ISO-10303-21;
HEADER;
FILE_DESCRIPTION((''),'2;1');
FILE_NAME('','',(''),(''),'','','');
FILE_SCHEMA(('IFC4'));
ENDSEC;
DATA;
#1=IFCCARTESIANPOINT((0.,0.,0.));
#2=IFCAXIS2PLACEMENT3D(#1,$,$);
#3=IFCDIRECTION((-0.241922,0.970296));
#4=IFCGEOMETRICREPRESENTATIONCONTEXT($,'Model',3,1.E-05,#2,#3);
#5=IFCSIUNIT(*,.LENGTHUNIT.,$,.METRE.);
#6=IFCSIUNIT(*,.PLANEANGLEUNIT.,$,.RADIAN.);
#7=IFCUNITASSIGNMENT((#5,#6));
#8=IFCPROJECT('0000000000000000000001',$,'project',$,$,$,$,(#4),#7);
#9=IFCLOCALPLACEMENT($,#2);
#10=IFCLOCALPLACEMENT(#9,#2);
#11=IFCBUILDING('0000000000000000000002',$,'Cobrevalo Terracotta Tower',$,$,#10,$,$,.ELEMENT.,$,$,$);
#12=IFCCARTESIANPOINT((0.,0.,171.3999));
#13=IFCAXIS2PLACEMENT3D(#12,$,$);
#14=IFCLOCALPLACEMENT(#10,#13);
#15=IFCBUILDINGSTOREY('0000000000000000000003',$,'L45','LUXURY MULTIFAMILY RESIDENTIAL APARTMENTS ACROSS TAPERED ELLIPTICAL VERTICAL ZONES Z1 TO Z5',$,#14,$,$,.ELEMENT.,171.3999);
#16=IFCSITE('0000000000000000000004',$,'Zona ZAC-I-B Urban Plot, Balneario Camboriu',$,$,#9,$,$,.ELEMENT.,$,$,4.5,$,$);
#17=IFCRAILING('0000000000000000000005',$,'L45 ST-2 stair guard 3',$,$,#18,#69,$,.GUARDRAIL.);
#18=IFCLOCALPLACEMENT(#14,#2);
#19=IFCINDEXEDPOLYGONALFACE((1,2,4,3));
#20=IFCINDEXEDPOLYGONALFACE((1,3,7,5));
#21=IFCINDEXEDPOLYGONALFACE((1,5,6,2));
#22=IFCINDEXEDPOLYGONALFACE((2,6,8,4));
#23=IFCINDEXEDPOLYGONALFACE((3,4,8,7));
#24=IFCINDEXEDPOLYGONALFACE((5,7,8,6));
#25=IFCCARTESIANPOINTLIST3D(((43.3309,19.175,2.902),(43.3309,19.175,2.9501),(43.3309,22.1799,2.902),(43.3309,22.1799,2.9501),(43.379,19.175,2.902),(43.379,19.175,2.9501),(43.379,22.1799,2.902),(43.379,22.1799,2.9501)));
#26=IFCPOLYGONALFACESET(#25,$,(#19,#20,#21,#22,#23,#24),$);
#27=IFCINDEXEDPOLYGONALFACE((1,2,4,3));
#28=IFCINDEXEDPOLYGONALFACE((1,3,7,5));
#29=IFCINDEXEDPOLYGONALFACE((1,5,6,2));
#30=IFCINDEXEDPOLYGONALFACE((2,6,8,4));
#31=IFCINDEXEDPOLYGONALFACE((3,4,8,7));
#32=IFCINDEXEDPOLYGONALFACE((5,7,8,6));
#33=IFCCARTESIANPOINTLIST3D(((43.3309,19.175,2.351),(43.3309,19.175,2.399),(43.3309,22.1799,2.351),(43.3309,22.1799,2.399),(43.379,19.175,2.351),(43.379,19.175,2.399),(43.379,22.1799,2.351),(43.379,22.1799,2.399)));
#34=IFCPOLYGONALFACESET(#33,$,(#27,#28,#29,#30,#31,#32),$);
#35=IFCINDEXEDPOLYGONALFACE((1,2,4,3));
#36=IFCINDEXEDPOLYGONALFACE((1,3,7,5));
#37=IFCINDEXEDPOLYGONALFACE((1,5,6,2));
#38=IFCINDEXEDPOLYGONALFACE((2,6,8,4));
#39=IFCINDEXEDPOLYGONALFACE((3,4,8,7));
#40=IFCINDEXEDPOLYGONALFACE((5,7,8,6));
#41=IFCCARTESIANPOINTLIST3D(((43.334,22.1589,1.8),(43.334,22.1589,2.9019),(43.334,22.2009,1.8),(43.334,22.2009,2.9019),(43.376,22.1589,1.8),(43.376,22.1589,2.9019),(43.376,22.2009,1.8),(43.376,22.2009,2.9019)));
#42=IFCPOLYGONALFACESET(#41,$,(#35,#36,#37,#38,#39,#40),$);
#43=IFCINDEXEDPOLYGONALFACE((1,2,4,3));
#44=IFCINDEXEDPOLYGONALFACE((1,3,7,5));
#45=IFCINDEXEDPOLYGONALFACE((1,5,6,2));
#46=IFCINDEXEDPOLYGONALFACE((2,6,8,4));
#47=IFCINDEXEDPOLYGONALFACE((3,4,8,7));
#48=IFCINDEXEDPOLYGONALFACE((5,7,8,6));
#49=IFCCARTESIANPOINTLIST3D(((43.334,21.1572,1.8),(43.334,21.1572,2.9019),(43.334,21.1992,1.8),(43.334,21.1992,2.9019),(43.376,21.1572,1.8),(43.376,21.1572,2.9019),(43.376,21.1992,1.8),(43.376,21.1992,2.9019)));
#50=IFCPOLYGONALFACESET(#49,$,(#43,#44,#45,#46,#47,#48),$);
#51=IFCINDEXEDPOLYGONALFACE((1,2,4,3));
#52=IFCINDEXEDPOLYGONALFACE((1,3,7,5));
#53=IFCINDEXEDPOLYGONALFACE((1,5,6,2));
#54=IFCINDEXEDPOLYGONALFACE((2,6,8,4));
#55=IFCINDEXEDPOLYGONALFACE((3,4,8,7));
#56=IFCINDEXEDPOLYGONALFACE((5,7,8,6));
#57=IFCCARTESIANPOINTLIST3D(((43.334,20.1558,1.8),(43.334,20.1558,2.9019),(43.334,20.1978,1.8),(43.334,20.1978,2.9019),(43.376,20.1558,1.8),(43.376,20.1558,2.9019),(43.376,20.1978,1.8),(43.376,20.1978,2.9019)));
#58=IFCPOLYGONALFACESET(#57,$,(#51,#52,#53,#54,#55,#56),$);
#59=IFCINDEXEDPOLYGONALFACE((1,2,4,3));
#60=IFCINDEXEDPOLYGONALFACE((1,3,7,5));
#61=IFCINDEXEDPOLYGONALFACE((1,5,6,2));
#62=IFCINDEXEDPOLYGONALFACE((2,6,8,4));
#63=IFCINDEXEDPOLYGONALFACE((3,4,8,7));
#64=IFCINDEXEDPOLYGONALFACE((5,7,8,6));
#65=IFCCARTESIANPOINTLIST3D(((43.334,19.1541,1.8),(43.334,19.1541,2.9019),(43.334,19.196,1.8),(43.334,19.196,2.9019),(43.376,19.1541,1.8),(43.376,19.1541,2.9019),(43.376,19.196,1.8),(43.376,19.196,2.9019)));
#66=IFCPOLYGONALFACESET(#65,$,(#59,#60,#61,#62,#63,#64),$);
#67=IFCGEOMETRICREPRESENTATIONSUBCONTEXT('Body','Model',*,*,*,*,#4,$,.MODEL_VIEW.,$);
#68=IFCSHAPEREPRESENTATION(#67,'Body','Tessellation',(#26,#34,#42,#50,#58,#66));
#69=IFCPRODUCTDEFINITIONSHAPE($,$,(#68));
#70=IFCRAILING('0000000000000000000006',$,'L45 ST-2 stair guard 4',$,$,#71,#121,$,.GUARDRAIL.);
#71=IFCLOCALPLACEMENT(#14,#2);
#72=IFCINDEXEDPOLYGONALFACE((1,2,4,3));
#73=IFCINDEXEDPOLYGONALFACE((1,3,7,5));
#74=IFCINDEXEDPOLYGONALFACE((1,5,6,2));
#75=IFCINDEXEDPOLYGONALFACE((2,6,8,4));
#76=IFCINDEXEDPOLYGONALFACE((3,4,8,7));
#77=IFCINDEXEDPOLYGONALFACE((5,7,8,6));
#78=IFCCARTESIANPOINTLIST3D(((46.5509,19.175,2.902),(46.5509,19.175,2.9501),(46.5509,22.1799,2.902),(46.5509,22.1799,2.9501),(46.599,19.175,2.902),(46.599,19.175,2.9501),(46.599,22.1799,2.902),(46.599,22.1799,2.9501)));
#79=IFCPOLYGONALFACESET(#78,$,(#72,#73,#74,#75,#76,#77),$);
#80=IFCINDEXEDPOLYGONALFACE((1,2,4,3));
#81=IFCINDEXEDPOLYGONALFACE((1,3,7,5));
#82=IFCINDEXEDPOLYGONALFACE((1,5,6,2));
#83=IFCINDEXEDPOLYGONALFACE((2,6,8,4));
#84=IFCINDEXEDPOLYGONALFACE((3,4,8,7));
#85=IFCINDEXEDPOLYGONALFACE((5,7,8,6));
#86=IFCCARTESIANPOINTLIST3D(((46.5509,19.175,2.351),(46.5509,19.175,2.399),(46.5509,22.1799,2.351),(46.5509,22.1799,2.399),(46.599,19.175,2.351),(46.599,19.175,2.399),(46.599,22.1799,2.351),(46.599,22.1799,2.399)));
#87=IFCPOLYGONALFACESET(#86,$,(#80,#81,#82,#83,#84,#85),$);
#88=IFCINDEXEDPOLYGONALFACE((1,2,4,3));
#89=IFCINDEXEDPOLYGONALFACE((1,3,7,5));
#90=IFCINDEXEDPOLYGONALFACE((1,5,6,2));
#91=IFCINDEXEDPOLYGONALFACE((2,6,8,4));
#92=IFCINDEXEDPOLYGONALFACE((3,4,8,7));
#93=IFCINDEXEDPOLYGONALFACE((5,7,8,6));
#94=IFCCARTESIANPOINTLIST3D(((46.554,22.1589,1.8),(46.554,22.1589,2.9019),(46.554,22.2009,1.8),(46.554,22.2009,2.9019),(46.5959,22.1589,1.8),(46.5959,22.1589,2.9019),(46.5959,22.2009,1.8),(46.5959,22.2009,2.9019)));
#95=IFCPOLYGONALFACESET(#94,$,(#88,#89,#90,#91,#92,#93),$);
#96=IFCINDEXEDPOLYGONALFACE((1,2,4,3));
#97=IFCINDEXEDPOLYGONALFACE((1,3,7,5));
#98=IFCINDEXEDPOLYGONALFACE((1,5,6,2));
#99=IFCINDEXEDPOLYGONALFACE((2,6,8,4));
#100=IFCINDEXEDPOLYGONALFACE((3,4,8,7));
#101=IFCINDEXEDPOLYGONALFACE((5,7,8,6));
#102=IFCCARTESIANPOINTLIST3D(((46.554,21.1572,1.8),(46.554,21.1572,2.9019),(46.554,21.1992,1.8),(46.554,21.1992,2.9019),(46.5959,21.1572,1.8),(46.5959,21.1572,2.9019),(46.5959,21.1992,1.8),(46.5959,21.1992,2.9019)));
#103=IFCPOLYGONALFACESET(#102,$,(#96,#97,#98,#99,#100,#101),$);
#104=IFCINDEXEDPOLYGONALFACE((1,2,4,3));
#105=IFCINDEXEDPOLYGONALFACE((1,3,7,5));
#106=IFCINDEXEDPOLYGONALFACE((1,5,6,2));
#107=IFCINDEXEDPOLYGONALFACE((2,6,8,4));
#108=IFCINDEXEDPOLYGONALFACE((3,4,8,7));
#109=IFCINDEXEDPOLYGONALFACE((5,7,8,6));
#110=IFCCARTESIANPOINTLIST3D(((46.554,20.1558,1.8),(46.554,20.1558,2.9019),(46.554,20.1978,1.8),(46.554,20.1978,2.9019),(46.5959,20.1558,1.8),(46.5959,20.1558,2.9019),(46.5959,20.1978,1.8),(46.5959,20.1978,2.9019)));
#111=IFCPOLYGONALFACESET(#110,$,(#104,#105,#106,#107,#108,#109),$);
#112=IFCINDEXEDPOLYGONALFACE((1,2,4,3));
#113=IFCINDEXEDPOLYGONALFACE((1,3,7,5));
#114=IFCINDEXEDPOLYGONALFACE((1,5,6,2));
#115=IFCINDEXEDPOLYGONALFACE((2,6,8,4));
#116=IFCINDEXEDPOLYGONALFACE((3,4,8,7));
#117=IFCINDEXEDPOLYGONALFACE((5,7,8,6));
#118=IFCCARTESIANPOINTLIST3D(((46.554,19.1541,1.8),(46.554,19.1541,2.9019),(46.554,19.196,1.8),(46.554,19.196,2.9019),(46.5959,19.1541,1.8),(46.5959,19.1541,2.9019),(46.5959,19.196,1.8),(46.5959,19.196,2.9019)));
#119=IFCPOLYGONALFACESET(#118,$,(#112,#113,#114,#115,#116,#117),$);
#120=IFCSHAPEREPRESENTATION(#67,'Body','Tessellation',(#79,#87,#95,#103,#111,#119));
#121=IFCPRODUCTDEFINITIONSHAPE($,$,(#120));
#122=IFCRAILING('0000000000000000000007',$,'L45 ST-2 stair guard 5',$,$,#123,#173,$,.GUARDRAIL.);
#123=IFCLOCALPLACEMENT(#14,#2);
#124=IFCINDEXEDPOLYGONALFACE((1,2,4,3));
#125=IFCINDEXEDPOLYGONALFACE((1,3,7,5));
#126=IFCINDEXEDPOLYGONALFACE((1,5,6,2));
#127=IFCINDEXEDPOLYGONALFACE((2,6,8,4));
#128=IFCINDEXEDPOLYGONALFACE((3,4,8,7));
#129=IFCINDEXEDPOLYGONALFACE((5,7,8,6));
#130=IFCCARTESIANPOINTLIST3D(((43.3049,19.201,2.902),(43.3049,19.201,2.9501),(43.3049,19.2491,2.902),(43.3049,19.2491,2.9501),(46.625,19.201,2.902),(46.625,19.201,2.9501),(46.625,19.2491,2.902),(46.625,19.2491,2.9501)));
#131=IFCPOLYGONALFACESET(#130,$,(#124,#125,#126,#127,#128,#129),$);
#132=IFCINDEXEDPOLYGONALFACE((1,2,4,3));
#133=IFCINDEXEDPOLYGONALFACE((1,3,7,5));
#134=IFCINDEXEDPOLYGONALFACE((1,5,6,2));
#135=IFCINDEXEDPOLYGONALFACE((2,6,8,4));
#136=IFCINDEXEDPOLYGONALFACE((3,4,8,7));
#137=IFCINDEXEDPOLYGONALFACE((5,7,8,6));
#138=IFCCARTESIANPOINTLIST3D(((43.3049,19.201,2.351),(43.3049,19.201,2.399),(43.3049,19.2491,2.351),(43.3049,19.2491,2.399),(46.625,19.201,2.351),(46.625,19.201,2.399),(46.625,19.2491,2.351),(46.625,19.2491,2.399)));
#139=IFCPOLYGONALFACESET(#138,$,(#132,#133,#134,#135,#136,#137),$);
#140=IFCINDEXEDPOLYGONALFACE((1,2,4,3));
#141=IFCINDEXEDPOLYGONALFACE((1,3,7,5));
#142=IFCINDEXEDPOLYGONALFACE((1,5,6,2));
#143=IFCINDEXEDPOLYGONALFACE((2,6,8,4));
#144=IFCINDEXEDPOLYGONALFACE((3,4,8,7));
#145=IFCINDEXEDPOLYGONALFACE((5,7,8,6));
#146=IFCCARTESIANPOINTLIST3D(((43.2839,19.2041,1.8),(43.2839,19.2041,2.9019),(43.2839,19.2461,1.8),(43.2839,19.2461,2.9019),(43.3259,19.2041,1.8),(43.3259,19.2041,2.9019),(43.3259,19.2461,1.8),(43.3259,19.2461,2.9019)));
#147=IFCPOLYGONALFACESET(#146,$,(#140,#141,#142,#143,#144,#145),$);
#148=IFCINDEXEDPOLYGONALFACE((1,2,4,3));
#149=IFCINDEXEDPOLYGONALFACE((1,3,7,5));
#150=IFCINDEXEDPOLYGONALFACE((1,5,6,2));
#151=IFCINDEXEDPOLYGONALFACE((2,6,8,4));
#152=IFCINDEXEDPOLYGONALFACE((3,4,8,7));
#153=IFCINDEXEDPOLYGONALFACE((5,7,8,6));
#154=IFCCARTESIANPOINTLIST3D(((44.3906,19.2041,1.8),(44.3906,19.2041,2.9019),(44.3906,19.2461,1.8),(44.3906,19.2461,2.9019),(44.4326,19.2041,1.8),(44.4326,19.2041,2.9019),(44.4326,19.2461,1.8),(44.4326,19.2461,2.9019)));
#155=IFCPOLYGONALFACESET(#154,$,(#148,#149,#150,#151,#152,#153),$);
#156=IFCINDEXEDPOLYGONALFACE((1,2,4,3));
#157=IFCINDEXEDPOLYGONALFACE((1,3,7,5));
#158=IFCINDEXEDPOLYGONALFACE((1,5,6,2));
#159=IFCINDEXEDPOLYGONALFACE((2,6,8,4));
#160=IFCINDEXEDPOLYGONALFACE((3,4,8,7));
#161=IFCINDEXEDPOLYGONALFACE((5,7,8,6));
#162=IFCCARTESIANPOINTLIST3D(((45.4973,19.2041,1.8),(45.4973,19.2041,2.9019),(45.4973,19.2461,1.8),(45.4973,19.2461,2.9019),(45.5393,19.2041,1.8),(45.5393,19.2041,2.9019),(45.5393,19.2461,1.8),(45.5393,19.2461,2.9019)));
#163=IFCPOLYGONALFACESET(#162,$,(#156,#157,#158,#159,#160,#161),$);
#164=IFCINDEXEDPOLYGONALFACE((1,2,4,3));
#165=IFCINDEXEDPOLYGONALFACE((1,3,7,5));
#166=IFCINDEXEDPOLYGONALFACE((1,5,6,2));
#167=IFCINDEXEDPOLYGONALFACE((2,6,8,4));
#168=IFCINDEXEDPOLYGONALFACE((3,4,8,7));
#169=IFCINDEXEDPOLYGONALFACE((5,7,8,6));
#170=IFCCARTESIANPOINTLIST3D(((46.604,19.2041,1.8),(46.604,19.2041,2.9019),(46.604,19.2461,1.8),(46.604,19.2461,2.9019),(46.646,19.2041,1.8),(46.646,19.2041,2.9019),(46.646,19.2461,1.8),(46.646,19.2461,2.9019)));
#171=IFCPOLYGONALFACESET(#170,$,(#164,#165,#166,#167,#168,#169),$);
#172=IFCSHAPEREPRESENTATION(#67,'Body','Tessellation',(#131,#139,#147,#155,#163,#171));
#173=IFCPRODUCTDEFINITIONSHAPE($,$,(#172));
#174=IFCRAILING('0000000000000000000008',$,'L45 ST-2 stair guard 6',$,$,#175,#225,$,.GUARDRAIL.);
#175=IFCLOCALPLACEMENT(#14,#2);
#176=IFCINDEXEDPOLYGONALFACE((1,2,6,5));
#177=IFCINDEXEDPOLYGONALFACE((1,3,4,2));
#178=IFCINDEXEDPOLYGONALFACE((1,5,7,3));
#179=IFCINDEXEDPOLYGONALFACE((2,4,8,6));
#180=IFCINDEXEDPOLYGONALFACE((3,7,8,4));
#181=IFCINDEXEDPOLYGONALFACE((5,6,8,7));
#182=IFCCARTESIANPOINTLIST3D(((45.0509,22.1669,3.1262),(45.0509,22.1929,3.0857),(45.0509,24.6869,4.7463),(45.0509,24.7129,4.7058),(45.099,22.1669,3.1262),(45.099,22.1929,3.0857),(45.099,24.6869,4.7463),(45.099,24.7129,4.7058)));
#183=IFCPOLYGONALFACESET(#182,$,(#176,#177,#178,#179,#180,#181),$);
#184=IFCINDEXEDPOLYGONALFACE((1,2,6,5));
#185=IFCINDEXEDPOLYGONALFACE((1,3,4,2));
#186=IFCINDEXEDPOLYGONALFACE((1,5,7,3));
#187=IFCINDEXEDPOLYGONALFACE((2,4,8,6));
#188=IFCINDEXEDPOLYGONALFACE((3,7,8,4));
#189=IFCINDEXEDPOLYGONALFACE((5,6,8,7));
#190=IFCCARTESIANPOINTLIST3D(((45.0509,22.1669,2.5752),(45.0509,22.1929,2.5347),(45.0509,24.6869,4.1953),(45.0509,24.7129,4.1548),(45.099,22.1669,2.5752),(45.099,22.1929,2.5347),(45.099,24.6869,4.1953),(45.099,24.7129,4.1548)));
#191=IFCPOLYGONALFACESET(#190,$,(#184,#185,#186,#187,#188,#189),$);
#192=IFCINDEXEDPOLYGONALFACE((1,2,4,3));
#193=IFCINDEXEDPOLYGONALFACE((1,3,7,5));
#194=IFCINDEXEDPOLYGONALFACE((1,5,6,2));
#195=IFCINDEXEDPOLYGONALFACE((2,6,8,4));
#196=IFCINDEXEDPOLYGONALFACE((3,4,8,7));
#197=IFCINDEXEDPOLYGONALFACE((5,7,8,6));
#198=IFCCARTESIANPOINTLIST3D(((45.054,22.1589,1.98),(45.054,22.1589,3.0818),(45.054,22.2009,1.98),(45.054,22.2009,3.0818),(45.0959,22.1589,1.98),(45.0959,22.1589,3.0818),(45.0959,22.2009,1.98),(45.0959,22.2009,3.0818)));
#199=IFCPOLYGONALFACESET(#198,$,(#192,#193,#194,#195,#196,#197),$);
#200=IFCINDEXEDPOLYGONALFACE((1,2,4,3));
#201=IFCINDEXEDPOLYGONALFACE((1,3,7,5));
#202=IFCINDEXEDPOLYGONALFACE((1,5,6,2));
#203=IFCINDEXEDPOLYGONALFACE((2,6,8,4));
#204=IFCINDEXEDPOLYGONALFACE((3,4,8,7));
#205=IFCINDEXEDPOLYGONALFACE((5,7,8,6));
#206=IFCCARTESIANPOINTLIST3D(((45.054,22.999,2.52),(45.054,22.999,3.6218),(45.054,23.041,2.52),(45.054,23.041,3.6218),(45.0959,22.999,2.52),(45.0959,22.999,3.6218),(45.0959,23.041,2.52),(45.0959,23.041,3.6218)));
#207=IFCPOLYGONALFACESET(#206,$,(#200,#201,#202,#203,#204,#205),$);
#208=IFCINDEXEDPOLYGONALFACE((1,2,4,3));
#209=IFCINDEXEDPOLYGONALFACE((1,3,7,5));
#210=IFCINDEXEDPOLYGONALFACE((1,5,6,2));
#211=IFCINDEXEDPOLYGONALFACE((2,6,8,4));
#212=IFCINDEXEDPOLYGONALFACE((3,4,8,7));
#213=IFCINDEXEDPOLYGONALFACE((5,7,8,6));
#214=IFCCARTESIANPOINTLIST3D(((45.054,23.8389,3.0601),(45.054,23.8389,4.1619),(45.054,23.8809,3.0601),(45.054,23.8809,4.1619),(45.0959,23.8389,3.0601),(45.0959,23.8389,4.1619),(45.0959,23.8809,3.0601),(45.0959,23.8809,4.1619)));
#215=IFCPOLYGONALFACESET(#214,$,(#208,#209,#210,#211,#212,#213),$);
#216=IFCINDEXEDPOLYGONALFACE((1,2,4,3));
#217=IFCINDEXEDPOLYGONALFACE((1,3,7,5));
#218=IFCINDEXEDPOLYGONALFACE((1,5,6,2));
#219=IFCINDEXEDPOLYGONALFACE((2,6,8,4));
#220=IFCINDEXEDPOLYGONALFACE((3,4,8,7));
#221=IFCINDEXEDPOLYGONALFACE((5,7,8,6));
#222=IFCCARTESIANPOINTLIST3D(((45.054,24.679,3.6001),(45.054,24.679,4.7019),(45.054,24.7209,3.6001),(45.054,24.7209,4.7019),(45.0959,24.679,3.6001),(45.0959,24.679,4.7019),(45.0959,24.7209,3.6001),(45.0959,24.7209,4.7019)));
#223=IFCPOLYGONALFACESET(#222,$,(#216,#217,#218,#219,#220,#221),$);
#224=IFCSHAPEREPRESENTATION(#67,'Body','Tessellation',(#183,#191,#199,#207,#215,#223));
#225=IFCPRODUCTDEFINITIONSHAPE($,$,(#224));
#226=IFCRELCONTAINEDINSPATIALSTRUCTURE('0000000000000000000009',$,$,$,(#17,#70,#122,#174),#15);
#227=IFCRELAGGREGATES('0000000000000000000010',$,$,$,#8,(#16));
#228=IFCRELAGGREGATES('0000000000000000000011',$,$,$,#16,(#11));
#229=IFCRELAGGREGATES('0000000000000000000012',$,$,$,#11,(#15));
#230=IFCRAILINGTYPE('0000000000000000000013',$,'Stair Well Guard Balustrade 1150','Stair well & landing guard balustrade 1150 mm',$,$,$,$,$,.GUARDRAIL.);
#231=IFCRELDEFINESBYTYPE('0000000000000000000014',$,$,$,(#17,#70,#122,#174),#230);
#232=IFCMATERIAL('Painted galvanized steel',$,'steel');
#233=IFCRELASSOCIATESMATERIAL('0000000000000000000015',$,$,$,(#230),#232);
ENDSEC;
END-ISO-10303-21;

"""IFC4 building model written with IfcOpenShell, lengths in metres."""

from ifc_helpers import new_model, si_unit, direction, frame, origin, origin_2d, place, context, subcontext, project, spatial, rectangle, extrude, material, type_object, element, save


model = new_model("IFC4")

# Units and contexts
model_context = context("Model", 3, precision=1e-05, world=origin(), true_north=direction((-0.241922, 0.970296)))
body_context = subcontext(model_context, "Body", "Model", "MODEL_VIEW")
ifc_project = project(units=[si_unit("LENGTHUNIT", "METRE"), si_unit("PLANEANGLEUNIT", "RADIAN")], contexts=[model_context])

# Site, building, storey
site_placement = place(None, origin())
site = spatial("IfcSite", under=ifc_project, at=site_placement, Name="Zona ZAC-I-B Urban Plot, Balneario Camboriu", CompositionType="ELEMENT", RefElevation=4.5)
building_placement = place(site_placement, origin())
building = spatial("IfcBuilding", under=site, at=building_placement, Name="Cobrevalo Terracotta Tower", CompositionType="ELEMENT")
storey_placement = place(building_placement, frame((0.0, 0.0, 171.3999)))
storey = spatial("IfcBuildingStorey", under=building, at=storey_placement, Name="L45", Description="LUXURY MULTIFAMILY RESIDENTIAL APARTMENTS ACROSS TAPERED ELLIPTICAL VERTICAL ZONES Z1 TO Z5", CompositionType="ELEMENT", Elevation=171.3999)

# Railings
ifc_material_1 = material(Name="Painted galvanized steel", Category="steel")
railing_type_1 = type_object("IfcRailingType", Name="Stair Well Guard Balustrade 1150", Description="Stair well & landing guard balustrade 1150 mm", PredefinedType="GUARDRAIL", material=ifc_material_1)
for number, where, name in (
    (1, (43.355, 22.1799, 1.8), "L45 ST-2 stair guard 3"),
    (2, (46.575, 22.1799, 1.8), "L45 ST-2 stair guard 4"),
):
    element("IfcRailing", number, at=place(storey_placement, frame(where)), inside=storey, type_object=railing_type_1, Name=name, PredefinedType="GUARDRAIL", context=body_context, shape_type="SweptSolid", body=[
        extrude(rectangle(XDim=0.0481, YDim=0.0481, at=origin_2d()), frame((0.0, 0.0, 1.126), z_axis=(0.0, -1.0, 0.0), x_axis=(1.0, 0.0, 0.0)), (0.0, 0.0, 1.0), 3.0049),
        extrude(rectangle(XDim=0.0481, YDim=0.0481, at=origin_2d()), frame((0.0, 0.0, 0.575), z_axis=(0.0, -1.0, 0.0), x_axis=(1.0, 0.0, 0.0)), (0.0, 0.0, 1.0), 3.0049),
        extrude(rectangle(XDim=0.042, YDim=0.042, at=origin_2d()), origin(), (0.0, 0.0, 1.0), 1.1018),
        extrude(rectangle(XDim=0.042, YDim=0.042, at=origin_2d()), frame((0.0, -1.0017, 0.0)), (0.0, 0.0, 1.0), 1.1018),
        extrude(rectangle(XDim=0.042, YDim=0.042, at=origin_2d()), frame((0.0, -2.0032, 0.0)), (0.0, 0.0, 1.0), 1.1018),
        extrude(rectangle(XDim=0.042, YDim=0.042, at=origin_2d()), frame((0.0, -3.0049, 0.0)), (0.0, 0.0, 1.0), 1.1018),
    ])
railing_1_placement = place(storey_placement, frame((43.3049, 19.2251, 1.8)))
element("IfcRailing", 3, at=railing_1_placement, inside=storey, type_object=railing_type_1, Name="L45 ST-2 stair guard 5", PredefinedType="GUARDRAIL", context=body_context, shape_type="SweptSolid", body=[
    extrude(rectangle(XDim=0.0481, YDim=0.0481, at=origin_2d()), frame((0.0, 0.0, 1.126), z_axis=(1.0, 0.0, 0.0), x_axis=(0.0, 1.0, 0.0)), (0.0, 0.0, 1.0), 3.3201),
    extrude(rectangle(XDim=0.0481, YDim=0.0481, at=origin_2d()), frame((0.0, 0.0, 0.575), z_axis=(1.0, 0.0, 0.0), x_axis=(0.0, 1.0, 0.0)), (0.0, 0.0, 1.0), 3.3201),
    extrude(rectangle(XDim=0.042, YDim=0.042, at=origin_2d()), origin(), (0.0, 0.0, 1.0), 1.1018),
    extrude(rectangle(XDim=0.042, YDim=0.042, at=origin_2d()), frame((1.1067, 0.0, 0.0)), (0.0, 0.0, 1.0), 1.1018),
    extrude(rectangle(XDim=0.042, YDim=0.042, at=origin_2d()), frame((2.2134, 0.0, 0.0)), (0.0, 0.0, 1.0), 1.1018),
    extrude(rectangle(XDim=0.042, YDim=0.042, at=origin_2d()), frame((3.3201, 0.0, 0.0)), (0.0, 0.0, 1.0), 1.1018),
])
railing_2_placement = place(storey_placement, frame((45.075, 22.1799, 1.98)))
element("IfcRailing", 4, at=railing_2_placement, inside=storey, type_object=railing_type_1, Name="L45 ST-2 stair guard 6", PredefinedType="GUARDRAIL", context=body_context, shape_type="SweptSolid", body=[
    extrude(rectangle(XDim=0.0481, YDim=0.0481, at=origin_2d()), frame((0.0, 0.0, 1.126), z_axis=(0.0, 0.841163, 0.540782), x_axis=(-1.0, 0.0, 0.0)), (0.0, 0.0, 1.0), 2.9958),
    extrude(rectangle(XDim=0.0481, YDim=0.0481, at=origin_2d()), frame((0.0, 0.0, 0.575), z_axis=(0.0, 0.841163, 0.540782), x_axis=(-1.0, 0.0, 0.0)), (0.0, 0.0, 1.0), 2.9958),
    extrude(rectangle(XDim=0.042, YDim=0.042, at=origin_2d()), origin(), (0.0, 0.0, 1.0), 1.1018),
    extrude(rectangle(XDim=0.042, YDim=0.042, at=origin_2d()), frame((0.0, 0.8401, 0.54)), (0.0, 0.0, 1.0), 1.1018),
    extrude(rectangle(XDim=0.042, YDim=0.042, at=origin_2d()), frame((0.0, 1.6799, 1.0801)), (0.0, 0.0, 1.0), 1.1018),
    extrude(rectangle(XDim=0.042, YDim=0.042, at=origin_2d()), frame((0.0, 2.52, 1.6201)), (0.0, 0.0, 1.0), 1.1018),
])

save(model, "model.ifc")
